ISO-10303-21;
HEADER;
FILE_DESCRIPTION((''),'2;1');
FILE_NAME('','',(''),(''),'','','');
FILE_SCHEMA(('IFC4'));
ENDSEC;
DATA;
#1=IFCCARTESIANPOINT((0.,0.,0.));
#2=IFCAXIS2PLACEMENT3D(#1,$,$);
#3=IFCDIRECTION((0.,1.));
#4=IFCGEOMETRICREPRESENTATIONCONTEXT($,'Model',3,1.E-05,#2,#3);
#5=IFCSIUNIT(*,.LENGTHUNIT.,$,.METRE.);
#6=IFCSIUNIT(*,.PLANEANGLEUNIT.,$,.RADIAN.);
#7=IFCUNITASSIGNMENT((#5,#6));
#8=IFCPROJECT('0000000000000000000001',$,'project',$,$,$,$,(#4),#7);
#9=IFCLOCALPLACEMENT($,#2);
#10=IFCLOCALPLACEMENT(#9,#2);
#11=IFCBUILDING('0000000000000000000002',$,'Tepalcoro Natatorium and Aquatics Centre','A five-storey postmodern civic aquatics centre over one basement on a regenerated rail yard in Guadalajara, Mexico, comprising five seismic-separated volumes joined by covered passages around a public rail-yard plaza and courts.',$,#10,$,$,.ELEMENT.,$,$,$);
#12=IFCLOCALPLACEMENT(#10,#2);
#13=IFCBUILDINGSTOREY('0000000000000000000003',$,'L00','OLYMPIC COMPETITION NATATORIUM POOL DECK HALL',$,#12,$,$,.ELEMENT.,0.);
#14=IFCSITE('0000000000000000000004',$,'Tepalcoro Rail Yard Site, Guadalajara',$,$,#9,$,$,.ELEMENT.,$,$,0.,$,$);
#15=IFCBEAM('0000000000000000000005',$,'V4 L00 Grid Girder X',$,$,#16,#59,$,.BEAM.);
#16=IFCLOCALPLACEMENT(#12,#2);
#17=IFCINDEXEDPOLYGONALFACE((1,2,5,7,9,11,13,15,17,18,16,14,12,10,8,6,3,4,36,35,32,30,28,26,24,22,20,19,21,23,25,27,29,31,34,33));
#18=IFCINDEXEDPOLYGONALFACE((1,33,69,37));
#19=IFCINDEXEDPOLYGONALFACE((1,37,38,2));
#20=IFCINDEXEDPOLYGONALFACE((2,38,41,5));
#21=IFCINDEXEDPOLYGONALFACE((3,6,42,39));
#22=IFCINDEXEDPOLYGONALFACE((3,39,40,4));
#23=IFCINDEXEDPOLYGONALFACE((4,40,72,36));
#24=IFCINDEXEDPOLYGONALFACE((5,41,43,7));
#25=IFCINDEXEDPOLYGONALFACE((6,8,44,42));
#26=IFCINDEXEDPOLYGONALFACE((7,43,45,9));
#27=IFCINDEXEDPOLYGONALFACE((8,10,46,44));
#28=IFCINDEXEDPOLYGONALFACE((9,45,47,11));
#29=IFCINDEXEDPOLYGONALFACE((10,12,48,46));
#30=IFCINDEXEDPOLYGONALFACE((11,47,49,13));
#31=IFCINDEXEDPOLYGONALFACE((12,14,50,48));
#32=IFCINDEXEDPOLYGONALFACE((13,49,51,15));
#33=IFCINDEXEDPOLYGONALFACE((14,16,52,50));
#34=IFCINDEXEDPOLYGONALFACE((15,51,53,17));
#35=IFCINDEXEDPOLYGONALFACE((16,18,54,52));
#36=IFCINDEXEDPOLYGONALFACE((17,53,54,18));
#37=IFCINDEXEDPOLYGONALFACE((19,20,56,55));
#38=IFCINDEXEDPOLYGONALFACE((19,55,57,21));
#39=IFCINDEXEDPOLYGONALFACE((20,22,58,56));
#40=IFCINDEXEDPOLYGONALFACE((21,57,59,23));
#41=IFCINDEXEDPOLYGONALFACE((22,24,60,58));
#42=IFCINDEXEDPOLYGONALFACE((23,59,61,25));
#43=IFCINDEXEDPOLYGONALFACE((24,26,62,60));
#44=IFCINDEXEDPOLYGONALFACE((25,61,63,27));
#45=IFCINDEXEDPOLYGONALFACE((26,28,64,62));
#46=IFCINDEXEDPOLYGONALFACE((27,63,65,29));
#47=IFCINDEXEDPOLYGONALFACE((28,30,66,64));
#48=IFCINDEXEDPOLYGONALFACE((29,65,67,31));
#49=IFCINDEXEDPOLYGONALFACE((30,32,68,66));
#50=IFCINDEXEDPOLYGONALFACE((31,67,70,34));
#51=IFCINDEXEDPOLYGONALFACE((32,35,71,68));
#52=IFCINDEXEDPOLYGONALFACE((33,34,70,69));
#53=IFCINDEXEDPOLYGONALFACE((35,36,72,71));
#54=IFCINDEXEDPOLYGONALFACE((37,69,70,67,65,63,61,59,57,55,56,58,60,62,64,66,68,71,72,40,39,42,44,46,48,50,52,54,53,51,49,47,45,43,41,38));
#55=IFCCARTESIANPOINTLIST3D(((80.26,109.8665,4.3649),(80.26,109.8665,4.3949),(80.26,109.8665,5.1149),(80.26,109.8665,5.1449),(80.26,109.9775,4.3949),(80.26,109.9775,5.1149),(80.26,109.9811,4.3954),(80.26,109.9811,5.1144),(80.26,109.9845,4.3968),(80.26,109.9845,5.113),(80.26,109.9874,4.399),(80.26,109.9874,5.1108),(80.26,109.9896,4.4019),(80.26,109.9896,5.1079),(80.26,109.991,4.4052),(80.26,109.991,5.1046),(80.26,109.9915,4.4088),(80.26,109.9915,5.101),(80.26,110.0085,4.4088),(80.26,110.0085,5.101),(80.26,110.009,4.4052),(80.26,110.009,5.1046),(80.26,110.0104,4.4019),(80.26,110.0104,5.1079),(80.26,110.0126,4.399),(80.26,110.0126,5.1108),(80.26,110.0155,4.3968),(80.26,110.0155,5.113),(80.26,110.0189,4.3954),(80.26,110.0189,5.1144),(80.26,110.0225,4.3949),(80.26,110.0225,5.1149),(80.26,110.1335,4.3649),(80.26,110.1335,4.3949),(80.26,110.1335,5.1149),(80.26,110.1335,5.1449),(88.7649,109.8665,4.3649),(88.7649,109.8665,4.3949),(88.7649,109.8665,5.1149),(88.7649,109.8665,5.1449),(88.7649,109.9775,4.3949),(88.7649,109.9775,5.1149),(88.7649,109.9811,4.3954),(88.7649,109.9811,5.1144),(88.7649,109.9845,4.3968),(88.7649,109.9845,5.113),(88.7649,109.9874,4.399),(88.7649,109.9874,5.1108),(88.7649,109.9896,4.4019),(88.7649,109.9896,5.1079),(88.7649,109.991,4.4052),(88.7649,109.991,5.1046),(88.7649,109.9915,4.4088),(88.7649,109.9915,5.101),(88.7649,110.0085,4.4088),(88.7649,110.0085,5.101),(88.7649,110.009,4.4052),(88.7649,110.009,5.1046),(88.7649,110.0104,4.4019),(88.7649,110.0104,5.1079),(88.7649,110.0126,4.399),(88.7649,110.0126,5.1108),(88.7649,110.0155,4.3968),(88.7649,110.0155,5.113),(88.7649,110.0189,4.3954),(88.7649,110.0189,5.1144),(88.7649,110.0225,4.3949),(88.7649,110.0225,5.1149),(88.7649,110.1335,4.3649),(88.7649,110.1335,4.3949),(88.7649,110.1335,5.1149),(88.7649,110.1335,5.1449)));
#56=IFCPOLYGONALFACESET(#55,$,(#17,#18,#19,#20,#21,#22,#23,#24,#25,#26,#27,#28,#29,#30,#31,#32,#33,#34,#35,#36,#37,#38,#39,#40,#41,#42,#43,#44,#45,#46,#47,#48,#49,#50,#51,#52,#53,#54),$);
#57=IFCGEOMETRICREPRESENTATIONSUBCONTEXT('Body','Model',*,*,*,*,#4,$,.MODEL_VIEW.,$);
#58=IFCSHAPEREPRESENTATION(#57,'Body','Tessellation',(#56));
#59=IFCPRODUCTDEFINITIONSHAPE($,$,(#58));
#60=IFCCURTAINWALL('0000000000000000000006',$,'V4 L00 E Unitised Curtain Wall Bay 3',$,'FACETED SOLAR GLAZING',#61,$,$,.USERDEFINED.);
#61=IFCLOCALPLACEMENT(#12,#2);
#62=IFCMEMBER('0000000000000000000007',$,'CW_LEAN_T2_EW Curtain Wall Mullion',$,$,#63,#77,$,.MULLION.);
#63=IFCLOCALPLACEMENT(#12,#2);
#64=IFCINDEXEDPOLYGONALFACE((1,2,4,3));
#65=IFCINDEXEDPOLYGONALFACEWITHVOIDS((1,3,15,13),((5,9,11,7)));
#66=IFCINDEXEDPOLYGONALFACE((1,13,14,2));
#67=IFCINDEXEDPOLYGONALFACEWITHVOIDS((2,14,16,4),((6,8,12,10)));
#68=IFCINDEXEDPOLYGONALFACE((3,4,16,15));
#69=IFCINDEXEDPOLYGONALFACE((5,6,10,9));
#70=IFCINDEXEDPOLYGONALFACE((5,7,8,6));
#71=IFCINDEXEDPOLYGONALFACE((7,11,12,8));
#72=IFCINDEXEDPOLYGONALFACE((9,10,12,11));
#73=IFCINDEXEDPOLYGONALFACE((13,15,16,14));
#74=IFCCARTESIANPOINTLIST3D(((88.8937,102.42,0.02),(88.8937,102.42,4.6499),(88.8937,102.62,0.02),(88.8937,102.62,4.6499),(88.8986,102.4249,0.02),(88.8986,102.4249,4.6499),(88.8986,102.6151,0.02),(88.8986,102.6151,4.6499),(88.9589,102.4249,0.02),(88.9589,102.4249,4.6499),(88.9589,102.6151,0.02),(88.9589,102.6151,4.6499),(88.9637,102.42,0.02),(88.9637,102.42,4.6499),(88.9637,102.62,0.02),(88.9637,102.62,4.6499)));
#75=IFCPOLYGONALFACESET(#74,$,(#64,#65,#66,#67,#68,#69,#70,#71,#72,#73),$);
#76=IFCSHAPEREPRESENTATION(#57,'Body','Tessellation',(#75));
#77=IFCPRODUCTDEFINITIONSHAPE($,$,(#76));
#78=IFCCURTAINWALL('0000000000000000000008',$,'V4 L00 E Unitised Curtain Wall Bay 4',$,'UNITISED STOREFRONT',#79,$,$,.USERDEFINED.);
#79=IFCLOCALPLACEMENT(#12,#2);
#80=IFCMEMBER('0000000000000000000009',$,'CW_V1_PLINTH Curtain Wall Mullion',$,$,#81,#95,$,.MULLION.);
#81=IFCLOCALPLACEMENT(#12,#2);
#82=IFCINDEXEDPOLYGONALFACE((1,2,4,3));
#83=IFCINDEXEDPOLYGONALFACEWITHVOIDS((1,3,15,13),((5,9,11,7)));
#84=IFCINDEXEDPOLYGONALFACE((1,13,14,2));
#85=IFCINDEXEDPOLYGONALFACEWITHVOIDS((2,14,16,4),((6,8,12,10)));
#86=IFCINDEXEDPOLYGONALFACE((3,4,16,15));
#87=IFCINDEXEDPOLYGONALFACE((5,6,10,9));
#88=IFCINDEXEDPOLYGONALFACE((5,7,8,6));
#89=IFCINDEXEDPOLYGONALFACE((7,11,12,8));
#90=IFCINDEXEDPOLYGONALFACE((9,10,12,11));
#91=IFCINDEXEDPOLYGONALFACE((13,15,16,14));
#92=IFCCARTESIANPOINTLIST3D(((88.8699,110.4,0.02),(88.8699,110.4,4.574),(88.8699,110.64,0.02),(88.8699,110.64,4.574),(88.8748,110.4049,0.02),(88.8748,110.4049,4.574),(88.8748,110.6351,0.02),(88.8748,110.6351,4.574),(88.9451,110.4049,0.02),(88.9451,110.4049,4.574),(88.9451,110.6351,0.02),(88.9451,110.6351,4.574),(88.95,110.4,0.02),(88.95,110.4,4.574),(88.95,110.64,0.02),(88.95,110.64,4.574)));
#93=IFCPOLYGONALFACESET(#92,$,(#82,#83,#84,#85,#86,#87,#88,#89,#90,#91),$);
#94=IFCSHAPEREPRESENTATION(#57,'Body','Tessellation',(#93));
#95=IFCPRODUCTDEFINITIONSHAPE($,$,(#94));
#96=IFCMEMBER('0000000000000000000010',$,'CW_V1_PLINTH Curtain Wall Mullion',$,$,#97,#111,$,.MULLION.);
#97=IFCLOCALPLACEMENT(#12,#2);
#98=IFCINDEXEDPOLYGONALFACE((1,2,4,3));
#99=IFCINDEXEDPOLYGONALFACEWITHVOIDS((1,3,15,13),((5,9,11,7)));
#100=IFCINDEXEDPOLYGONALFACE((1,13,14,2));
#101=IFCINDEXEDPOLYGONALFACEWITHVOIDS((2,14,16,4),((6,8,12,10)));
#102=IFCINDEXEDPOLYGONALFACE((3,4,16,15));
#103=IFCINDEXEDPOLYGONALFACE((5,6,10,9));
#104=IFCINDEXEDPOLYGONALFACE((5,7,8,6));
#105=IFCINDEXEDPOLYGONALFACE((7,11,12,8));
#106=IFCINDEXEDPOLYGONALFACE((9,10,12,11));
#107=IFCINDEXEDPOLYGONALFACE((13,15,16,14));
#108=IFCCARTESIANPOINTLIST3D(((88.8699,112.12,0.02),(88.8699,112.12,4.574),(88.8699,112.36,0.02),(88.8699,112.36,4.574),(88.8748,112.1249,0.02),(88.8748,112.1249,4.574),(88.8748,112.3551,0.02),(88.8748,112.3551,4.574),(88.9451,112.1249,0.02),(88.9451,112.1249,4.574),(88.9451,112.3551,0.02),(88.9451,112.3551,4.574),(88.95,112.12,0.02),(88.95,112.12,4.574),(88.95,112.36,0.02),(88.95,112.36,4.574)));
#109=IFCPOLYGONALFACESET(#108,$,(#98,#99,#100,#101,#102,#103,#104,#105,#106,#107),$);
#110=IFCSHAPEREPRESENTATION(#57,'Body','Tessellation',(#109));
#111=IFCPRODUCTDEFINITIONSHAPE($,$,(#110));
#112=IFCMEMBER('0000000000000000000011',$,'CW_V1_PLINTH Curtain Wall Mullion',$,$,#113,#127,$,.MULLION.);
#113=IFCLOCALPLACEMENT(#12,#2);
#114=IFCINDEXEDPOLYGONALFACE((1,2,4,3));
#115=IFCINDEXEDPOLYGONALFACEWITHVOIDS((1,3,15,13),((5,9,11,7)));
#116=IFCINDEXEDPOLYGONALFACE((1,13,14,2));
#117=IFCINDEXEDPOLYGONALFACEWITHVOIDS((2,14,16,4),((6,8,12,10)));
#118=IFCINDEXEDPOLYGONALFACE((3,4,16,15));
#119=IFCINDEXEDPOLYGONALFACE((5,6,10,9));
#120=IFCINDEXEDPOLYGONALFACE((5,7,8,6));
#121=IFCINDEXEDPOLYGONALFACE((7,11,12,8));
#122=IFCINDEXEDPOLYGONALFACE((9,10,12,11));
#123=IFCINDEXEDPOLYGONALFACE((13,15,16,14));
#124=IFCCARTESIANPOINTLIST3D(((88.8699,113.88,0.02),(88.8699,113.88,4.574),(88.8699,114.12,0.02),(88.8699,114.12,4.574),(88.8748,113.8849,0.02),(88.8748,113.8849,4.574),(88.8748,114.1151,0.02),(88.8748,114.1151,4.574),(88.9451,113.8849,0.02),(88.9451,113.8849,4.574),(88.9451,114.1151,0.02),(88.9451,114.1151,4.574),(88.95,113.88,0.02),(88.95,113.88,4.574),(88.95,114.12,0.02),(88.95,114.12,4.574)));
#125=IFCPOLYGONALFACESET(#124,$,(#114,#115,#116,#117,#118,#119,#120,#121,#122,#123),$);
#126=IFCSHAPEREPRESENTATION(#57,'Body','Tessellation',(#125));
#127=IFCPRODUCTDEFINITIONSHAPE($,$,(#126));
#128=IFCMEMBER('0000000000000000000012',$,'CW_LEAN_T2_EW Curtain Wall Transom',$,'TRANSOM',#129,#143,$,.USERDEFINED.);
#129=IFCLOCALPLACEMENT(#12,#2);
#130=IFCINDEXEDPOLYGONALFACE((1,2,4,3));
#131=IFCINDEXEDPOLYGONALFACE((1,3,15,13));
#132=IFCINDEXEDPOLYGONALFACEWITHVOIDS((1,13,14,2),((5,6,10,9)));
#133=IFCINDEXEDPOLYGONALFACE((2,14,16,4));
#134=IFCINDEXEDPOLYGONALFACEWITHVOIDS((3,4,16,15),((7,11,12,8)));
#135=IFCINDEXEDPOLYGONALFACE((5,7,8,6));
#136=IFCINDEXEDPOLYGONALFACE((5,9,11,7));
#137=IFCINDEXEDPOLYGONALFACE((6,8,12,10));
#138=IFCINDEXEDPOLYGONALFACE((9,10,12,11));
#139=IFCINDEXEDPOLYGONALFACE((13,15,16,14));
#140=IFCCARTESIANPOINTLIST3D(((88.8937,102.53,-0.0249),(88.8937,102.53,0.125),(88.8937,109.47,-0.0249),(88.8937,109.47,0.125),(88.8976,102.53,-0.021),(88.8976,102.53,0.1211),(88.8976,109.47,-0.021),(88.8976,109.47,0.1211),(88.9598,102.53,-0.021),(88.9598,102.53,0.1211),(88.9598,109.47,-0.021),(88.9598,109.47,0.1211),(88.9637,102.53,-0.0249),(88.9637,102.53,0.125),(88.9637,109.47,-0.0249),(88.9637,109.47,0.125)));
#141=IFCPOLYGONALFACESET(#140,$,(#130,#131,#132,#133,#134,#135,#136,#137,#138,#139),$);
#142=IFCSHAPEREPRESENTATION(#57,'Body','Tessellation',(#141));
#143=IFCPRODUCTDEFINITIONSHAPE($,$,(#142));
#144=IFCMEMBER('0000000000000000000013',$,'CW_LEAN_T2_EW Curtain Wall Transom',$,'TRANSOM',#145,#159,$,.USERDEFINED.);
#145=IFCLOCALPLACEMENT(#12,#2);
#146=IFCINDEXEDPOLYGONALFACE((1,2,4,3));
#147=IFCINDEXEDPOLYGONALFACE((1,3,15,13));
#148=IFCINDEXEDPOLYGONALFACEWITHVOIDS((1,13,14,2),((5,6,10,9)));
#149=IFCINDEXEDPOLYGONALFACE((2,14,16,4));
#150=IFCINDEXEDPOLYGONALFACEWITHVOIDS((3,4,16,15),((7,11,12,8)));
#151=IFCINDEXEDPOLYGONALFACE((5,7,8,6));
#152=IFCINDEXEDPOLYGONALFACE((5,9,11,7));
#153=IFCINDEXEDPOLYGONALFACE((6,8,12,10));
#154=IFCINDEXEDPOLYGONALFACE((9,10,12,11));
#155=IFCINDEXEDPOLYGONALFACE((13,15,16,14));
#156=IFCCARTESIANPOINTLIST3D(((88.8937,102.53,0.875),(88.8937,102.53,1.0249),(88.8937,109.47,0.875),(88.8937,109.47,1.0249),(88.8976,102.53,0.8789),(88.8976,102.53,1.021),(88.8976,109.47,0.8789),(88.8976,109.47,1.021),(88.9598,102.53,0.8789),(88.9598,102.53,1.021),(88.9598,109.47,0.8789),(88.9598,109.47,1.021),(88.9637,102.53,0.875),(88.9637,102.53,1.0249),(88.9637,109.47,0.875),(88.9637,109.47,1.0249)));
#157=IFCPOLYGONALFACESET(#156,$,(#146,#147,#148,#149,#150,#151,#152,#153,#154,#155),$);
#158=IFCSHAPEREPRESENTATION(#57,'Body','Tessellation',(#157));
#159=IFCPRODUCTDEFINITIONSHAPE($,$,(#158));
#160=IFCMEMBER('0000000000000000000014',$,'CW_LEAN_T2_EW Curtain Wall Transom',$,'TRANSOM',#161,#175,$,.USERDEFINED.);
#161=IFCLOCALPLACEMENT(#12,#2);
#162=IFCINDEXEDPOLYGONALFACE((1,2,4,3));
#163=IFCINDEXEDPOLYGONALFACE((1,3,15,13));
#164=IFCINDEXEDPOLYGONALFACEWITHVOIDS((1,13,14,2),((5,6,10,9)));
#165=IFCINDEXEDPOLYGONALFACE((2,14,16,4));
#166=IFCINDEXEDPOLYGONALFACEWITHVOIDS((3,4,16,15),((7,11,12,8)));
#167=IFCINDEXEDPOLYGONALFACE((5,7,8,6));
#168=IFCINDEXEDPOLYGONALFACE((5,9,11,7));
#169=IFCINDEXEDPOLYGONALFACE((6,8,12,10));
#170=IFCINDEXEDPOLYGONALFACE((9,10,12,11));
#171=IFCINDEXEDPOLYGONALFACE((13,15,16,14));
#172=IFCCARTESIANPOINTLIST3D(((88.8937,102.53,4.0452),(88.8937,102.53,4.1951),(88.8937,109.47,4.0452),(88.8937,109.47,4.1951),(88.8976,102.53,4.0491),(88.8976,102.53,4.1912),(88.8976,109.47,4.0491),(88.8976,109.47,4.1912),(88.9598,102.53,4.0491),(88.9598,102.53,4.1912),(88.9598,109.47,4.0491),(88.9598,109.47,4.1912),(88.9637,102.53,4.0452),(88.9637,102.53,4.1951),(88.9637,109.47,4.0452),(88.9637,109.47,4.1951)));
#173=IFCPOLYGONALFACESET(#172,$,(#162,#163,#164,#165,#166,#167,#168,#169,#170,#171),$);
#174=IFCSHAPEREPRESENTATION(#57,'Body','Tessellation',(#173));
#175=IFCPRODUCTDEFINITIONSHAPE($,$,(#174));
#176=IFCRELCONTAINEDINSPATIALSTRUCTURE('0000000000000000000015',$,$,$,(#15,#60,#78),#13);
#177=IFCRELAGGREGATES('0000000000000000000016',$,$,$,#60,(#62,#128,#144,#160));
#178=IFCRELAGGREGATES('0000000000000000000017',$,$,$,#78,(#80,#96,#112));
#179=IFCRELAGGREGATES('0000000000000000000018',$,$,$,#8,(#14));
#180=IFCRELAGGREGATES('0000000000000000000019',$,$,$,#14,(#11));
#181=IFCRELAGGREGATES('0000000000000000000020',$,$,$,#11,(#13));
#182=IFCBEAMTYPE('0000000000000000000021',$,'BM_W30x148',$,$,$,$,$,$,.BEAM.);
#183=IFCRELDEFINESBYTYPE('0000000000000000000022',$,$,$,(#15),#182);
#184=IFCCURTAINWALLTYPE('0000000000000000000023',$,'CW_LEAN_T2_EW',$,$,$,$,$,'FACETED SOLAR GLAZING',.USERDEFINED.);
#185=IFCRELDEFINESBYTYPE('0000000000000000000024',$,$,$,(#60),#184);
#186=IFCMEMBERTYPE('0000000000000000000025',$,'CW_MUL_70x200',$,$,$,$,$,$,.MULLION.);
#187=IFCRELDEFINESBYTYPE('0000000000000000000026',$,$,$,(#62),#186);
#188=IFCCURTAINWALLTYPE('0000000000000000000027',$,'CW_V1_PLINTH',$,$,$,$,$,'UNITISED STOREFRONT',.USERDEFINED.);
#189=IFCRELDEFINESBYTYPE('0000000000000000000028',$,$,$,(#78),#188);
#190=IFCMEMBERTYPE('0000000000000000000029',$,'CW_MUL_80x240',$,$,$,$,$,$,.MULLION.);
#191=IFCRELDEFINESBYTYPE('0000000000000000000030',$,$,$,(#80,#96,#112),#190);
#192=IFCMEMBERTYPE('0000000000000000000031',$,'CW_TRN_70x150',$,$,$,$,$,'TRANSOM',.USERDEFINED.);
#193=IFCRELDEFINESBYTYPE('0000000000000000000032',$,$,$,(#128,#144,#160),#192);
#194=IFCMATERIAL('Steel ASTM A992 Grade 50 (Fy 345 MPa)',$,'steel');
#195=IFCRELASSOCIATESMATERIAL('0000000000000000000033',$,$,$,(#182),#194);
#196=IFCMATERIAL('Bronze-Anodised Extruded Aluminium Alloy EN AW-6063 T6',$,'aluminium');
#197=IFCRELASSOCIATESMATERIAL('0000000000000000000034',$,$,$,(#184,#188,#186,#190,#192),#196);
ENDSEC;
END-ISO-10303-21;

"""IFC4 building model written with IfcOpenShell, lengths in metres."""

from ifc_helpers import new_model, si_unit, direction, frame, origin, origin_2d, place, context, subcontext, project, spatial, hollow_rectangle, i_section, extrude, material, material_profile, profile_set, type_object, element, aggregate, save


model = new_model("IFC4")

# Units and contexts
model_context = context("Model", 3, precision=1e-05, world=origin(), true_north=direction((0.0, 1.0)))
body_context = subcontext(model_context, "Body", "Model", "MODEL_VIEW")
ifc_project = project(units=[si_unit("LENGTHUNIT", "METRE"), si_unit("PLANEANGLEUNIT", "RADIAN")], contexts=[model_context])

# Site, building, storey
site_placement = place(None, origin())
site = spatial("IfcSite", under=ifc_project, at=site_placement, Name="Tepalcoro Rail Yard Site, Guadalajara", CompositionType="ELEMENT", RefElevation=0.0)
building_placement = place(site_placement, origin())
building = spatial("IfcBuilding", under=site, at=building_placement, Name="Tepalcoro Natatorium and Aquatics Centre", Description="A five-storey postmodern civic aquatics centre over one basement on a regenerated rail yard in Guadalajara, Mexico, comprising five seismic-separated volumes joined by covered passages around a public rail-yard plaza and courts.", CompositionType="ELEMENT")
storey_placement = place(building_placement, origin())
storey = spatial("IfcBuildingStorey", under=building, at=storey_placement, Name="L00", Description="OLYMPIC COMPETITION NATATORIUM POOL DECK HALL", CompositionType="ELEMENT", Elevation=0.0)

# Beam
ifc_material_1 = material(Name="Steel ASTM A992 Grade 50 (Fy 345 MPa)", Category="steel")
ifc_material_profile_1 = material_profile(ifc_material_1, i_section(OverallWidth=0.2671, OverallDepth=0.78, WebThickness=0.0171, FlangeThickness=0.03, FilletRadius=0.0139, at=origin_2d()), Name="W30X148")
ifc_profile_set_1 = profile_set([ifc_material_profile_1], Name="Steel ASTM A992 Grade 50 (Fy 345 MPa)")
beam_type_1 = type_object("IfcBeamType", Name="BM_W30x148", PredefinedType="BEAM", material=ifc_profile_set_1)
beam_1_placement = place(storey_placement, frame((80.26, 110.0, 4.7549), z_axis=(1.0, 0.0, 0.0), x_axis=(0.0, 1.0, 0.0)))
element("IfcBeam", 1, at=beam_1_placement, inside=storey, type_object=beam_type_1, Name="V4 L00 Grid Girder X", PredefinedType="BEAM", context=body_context, shape_type="SweptSolid", body=[
    extrude(i_section(OverallWidth=0.2671, OverallDepth=0.78, WebThickness=0.0171, FlangeThickness=0.03, FilletRadius=0.0139, at=origin_2d()), origin(), (0.0, 0.0, 1.0), 8.5049),
])

# Curtain wall, member
ifc_material_2 = material(Name="Bronze-Anodised Extruded Aluminium Alloy EN AW-6063 T6", Category="aluminium")
curtain_wall_type_1 = type_object("IfcCurtainWallType", Name="CW_LEAN_T2_EW", ElementType="FACETED SOLAR GLAZING", PredefinedType="USERDEFINED", material=ifc_material_2)
curtain_wall_1_placement = place(storey_placement, origin())
curtain_wall_1 = element("IfcCurtainWall", 2, at=curtain_wall_1_placement, inside=storey, type_object=curtain_wall_type_1, Name="V4 L00 E Unitised Curtain Wall Bay 3", ObjectType="FACETED SOLAR GLAZING", PredefinedType="USERDEFINED")
ifc_material_profile_2 = material_profile(ifc_material_2, hollow_rectangle(XDim=0.0701, YDim=0.2, WallThickness=0.0049, at=origin_2d()), Name="AL70X200X5")
ifc_profile_set_2 = profile_set([ifc_material_profile_2], Name="Bronze-Anodised Extruded Aluminium Alloy EN AW-6063 T6")
member_type_1 = type_object("IfcMemberType", Name="CW_MUL_70x200", PredefinedType="MULLION", material=ifc_profile_set_2)
member_1_placement = place(storey_placement, frame((88.9287, 102.52, 0.02), z_axis=(0.0, 0.0, 1.0), x_axis=(1.0, 0.0, 0.0)))
member_1 = element("IfcMember", 3, at=member_1_placement, type_object=member_type_1, Name="CW_LEAN_T2_EW Curtain Wall Mullion", PredefinedType="MULLION", context=body_context, shape_type="SweptSolid", body=[
    extrude(hollow_rectangle(XDim=0.0701, YDim=0.2, WallThickness=0.0049, at=origin_2d()), origin(), (0.0, 0.0, 1.0), 4.6299),
])

# Curtain wall, members
curtain_wall_type_2 = type_object("IfcCurtainWallType", Name="CW_V1_PLINTH", ElementType="UNITISED STOREFRONT", PredefinedType="USERDEFINED", material=ifc_material_2)
curtain_wall_2_placement = place(storey_placement, origin())
curtain_wall_2 = element("IfcCurtainWall", 4, at=curtain_wall_2_placement, inside=storey, type_object=curtain_wall_type_2, Name="V4 L00 E Unitised Curtain Wall Bay 4", ObjectType="UNITISED STOREFRONT", PredefinedType="USERDEFINED")
ifc_material_profile_3 = material_profile(ifc_material_2, hollow_rectangle(XDim=0.0801, YDim=0.24, WallThickness=0.0049, at=origin_2d()), Name="AL80X240X5")
ifc_profile_set_3 = profile_set([ifc_material_profile_3], Name="Bronze-Anodised Extruded Aluminium Alloy EN AW-6063 T6")
member_type_2 = type_object("IfcMemberType", Name="CW_MUL_80x240", PredefinedType="MULLION", material=ifc_profile_set_3)
member_2_placement = place(storey_placement, frame((88.9099, 110.52, 0.02), z_axis=(0.0, 0.0, 1.0), x_axis=(1.0, 0.0, 0.0)))
member_2 = element("IfcMember", 5, at=member_2_placement, type_object=member_type_2, Name="CW_V1_PLINTH Curtain Wall Mullion", PredefinedType="MULLION", context=body_context, shape_type="SweptSolid", body=[
    extrude(hollow_rectangle(XDim=0.0801, YDim=0.24, WallThickness=0.0049, at=origin_2d()), origin(), (0.0, 0.0, 1.0), 4.554),
])
member_3_placement = place(storey_placement, frame((88.9099, 112.24, 0.02), z_axis=(0.0, 0.0, 1.0), x_axis=(1.0, 0.0, 0.0)))
member_3 = element("IfcMember", 6, at=member_3_placement, type_object=member_type_2, Name="CW_V1_PLINTH Curtain Wall Mullion", PredefinedType="MULLION", context=body_context, shape_type="SweptSolid", body=[
    extrude(hollow_rectangle(XDim=0.0801, YDim=0.24, WallThickness=0.0049, at=origin_2d()), origin(), (0.0, 0.0, 1.0), 4.554),
])
member_4_placement = place(storey_placement, frame((88.9099, 114.0, 0.02), z_axis=(0.0, 0.0, 1.0), x_axis=(1.0, 0.0, 0.0)))
member_4 = element("IfcMember", 7, at=member_4_placement, type_object=member_type_2, Name="CW_V1_PLINTH Curtain Wall Mullion", PredefinedType="MULLION", context=body_context, shape_type="SweptSolid", body=[
    extrude(hollow_rectangle(XDim=0.0801, YDim=0.24, WallThickness=0.0049, at=origin_2d()), origin(), (0.0, 0.0, 1.0), 4.554),
])

# Members
ifc_material_profile_4 = material_profile(ifc_material_2, hollow_rectangle(XDim=0.0701, YDim=0.1499, WallThickness=0.0039, at=origin_2d()), Name="AL70X150X4")
ifc_profile_set_4 = profile_set([ifc_material_profile_4], Name="Bronze-Anodised Extruded Aluminium Alloy EN AW-6063 T6")
member_type_3 = type_object("IfcMemberType", Name="CW_TRN_70x150", ElementType="TRANSOM", PredefinedType="USERDEFINED", material=ifc_profile_set_4)
member_5_placement = place(storey_placement, frame((88.9287, 102.53, 0.05), z_axis=(0.0, 1.0, 0.0), x_axis=(-1.0, 0.0, 0.0)))
member_5 = element("IfcMember", 8, at=member_5_placement, type_object=member_type_3, Name="CW_LEAN_T2_EW Curtain Wall Transom", ObjectType="TRANSOM", PredefinedType="USERDEFINED", context=body_context, shape_type="SweptSolid", body=[
    extrude(hollow_rectangle(XDim=0.0701, YDim=0.1499, WallThickness=0.0039, at=origin_2d()), origin(), (0.0, 0.0, 1.0), 6.9399),
])
member_6_placement = place(storey_placement, frame((88.9287, 102.53, 0.95), z_axis=(0.0, 1.0, 0.0), x_axis=(-1.0, 0.0, 0.0)))
member_6 = element("IfcMember", 9, at=member_6_placement, type_object=member_type_3, Name="CW_LEAN_T2_EW Curtain Wall Transom", ObjectType="TRANSOM", PredefinedType="USERDEFINED", context=body_context, shape_type="SweptSolid", body=[
    extrude(hollow_rectangle(XDim=0.0701, YDim=0.1499, WallThickness=0.0039, at=origin_2d()), origin(), (0.0, 0.0, 1.0), 6.9399),
])
member_7_placement = place(storey_placement, frame((88.9287, 102.53, 4.1201), z_axis=(0.0, 1.0, 0.0), x_axis=(-1.0, 0.0, 0.0)))
member_7 = element("IfcMember", 10, at=member_7_placement, type_object=member_type_3, Name="CW_LEAN_T2_EW Curtain Wall Transom", ObjectType="TRANSOM", PredefinedType="USERDEFINED", context=body_context, shape_type="SweptSolid", body=[
    extrude(hollow_rectangle(XDim=0.0701, YDim=0.1499, WallThickness=0.0039, at=origin_2d()), origin(), (0.0, 0.0, 1.0), 6.9399),
])
aggregate(curtain_wall_1, [member_1, member_5, member_6, member_7])

aggregate(curtain_wall_2, [member_2, member_3, member_4])

save(model, "model.ifc")
